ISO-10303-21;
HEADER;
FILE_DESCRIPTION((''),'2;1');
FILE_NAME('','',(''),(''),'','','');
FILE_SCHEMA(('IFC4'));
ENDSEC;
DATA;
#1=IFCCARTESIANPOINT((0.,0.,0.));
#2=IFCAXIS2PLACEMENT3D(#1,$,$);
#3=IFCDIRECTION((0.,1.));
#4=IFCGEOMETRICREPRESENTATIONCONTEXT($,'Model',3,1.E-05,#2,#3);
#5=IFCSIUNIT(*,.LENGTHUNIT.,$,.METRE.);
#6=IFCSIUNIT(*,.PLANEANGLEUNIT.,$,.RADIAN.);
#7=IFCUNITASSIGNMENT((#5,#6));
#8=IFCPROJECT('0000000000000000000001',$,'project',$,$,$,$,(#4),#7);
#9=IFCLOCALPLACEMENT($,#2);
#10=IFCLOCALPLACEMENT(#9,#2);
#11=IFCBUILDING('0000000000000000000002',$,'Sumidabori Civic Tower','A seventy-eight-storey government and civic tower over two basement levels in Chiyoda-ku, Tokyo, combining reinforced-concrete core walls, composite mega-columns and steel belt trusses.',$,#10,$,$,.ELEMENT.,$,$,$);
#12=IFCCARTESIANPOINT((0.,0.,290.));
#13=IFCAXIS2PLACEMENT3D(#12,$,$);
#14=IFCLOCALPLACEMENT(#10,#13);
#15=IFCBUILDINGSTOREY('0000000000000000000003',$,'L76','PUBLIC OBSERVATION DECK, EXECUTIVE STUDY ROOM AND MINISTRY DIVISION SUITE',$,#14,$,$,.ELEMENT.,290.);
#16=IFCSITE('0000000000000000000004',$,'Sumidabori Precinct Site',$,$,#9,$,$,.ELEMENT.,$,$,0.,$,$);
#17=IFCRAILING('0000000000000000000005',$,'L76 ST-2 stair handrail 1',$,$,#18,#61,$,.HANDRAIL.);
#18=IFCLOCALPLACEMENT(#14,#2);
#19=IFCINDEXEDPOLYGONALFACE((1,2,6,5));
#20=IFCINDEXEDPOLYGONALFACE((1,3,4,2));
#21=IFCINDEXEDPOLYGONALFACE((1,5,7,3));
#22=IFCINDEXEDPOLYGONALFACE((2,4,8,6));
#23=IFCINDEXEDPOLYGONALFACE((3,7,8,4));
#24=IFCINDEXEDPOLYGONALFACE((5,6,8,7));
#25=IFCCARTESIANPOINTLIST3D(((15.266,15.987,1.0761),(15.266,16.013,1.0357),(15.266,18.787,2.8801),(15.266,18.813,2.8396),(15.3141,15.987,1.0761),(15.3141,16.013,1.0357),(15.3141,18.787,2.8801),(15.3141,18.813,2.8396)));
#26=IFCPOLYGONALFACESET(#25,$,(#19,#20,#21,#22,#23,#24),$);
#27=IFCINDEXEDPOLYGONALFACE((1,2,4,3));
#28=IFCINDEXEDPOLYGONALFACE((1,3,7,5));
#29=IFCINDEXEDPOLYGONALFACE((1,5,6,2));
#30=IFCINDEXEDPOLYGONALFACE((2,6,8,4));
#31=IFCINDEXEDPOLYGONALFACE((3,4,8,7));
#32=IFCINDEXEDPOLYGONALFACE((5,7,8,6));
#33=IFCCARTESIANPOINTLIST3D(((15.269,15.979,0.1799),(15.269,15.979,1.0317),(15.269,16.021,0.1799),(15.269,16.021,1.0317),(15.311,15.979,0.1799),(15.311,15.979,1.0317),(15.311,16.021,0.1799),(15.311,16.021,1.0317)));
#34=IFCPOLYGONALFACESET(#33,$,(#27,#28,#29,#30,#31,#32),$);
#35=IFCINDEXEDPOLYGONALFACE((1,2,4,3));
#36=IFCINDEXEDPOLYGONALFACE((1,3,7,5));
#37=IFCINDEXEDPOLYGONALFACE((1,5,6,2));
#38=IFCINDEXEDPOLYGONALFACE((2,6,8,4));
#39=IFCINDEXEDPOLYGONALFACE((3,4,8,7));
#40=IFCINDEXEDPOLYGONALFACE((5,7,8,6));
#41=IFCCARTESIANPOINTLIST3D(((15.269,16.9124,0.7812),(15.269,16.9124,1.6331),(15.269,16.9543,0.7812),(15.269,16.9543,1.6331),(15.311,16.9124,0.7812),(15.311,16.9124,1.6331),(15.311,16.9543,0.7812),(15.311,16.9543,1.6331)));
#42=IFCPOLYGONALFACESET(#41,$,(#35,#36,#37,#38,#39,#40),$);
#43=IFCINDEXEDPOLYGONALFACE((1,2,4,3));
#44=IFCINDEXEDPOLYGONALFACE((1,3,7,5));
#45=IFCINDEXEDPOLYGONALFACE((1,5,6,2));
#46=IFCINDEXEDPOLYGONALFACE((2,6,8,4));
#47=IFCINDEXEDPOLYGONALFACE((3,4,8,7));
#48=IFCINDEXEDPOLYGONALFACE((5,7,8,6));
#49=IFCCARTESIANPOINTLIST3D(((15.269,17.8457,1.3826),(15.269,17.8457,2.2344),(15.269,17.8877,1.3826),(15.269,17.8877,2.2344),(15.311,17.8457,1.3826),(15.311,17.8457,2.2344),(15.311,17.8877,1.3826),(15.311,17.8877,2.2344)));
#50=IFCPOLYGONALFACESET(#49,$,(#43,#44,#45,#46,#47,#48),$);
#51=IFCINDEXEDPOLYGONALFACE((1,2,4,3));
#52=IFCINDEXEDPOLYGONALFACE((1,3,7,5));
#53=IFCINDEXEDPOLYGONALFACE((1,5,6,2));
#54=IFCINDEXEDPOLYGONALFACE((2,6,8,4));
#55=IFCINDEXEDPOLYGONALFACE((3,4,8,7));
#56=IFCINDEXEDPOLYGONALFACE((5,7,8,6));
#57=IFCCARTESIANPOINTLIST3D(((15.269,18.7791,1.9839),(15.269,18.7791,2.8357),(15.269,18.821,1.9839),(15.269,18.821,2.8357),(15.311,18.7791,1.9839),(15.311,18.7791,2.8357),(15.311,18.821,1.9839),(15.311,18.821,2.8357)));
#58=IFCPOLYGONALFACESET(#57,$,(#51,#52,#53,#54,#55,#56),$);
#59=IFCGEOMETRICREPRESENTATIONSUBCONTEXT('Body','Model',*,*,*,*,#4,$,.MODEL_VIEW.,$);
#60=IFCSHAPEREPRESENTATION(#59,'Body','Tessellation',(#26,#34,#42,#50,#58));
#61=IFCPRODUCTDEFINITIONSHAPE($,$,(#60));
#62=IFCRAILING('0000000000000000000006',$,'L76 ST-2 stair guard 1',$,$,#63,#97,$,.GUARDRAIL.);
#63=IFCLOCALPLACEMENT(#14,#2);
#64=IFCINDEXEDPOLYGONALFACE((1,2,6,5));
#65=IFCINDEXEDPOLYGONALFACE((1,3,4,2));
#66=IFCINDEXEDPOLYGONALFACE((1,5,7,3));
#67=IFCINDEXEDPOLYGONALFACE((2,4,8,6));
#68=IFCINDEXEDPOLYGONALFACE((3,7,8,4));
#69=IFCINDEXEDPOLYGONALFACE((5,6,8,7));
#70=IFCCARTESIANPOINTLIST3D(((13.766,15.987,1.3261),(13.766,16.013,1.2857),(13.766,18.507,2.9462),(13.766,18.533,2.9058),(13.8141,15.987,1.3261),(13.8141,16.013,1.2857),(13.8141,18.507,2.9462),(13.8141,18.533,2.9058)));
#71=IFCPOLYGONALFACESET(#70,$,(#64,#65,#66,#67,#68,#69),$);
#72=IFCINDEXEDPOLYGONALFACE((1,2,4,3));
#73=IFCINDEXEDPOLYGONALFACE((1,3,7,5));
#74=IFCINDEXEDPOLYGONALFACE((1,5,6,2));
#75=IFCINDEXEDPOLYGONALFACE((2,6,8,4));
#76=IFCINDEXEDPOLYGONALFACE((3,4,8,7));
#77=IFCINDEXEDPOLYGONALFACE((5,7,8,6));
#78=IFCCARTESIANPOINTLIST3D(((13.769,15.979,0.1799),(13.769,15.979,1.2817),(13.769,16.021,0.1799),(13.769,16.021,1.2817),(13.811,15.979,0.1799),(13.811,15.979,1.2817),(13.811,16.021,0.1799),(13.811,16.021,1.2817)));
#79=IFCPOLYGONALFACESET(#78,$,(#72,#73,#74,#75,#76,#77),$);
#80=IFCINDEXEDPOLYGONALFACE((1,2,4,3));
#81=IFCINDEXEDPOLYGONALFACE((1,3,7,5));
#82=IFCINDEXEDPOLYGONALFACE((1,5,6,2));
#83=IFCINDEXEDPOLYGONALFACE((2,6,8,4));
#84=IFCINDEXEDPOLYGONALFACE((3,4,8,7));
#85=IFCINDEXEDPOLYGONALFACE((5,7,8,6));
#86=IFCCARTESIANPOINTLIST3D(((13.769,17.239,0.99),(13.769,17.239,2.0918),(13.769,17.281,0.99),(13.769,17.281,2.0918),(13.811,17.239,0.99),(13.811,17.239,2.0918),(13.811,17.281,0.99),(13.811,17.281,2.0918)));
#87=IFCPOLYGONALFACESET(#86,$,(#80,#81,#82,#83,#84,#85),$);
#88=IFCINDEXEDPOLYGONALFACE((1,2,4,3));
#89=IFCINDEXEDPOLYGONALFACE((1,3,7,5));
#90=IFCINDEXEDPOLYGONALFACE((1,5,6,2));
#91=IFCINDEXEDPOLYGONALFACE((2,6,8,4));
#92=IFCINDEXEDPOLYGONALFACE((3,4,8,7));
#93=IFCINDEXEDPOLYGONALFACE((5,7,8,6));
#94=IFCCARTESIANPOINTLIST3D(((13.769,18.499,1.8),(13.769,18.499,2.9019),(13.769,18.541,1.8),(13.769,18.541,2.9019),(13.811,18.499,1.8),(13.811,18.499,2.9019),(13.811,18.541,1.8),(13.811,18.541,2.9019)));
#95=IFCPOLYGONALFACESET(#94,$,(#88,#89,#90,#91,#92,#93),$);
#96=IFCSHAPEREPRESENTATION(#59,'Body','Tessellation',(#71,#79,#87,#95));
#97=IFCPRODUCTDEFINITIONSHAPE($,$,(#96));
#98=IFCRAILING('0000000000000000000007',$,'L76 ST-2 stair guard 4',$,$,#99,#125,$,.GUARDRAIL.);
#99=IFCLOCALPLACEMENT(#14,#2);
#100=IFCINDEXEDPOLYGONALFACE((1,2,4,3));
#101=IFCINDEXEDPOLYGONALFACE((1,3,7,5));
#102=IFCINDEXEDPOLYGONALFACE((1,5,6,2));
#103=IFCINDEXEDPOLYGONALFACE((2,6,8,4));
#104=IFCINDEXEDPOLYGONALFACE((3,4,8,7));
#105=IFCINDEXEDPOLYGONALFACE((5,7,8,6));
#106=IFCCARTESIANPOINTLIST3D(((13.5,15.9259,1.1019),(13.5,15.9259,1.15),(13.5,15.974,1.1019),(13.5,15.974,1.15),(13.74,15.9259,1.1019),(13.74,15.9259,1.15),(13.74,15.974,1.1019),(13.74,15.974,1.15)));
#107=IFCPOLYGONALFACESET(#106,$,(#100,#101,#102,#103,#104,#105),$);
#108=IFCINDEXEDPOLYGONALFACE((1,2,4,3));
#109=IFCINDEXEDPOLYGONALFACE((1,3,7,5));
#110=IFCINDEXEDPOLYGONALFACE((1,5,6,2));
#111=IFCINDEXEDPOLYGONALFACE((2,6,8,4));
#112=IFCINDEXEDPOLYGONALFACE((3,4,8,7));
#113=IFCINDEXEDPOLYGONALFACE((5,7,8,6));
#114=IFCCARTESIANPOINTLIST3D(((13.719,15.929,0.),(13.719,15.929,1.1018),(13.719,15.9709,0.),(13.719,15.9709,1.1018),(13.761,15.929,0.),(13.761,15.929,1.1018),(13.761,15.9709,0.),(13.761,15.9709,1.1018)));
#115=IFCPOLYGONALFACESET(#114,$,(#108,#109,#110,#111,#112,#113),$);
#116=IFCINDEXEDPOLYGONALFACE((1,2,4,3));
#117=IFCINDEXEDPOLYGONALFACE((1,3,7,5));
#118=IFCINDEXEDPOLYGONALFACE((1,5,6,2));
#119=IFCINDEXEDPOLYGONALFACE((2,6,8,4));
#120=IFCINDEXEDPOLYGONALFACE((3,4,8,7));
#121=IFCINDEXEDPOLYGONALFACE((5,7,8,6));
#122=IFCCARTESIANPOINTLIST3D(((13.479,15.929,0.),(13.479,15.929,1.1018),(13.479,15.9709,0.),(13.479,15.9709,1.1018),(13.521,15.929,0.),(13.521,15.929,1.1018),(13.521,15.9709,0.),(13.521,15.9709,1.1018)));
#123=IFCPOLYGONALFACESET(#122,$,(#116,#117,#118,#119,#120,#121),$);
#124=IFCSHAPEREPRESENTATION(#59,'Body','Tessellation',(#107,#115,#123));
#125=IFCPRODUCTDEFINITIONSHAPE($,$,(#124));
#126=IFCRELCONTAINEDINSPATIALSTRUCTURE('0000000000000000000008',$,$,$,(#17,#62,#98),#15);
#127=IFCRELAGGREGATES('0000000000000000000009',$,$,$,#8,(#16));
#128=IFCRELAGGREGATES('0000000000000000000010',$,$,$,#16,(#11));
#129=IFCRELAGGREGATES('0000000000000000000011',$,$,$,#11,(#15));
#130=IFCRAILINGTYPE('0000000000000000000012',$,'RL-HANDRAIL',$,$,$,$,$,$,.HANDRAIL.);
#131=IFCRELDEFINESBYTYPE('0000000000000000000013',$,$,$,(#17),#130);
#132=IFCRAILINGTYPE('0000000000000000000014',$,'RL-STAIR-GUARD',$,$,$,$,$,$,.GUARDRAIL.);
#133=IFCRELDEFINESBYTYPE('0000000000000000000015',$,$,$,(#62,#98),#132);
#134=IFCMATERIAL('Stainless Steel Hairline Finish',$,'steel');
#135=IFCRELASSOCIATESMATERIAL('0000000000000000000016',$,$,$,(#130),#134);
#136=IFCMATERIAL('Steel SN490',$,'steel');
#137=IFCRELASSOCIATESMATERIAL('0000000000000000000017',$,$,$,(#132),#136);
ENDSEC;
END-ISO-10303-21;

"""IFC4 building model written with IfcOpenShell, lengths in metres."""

from ifc_helpers import new_model, si_unit, direction, frame, origin, origin_2d, place, context, subcontext, project, spatial, rectangle, extrude, material, type_object, element, save


model = new_model("IFC4")

# Units and contexts
model_context = context("Model", 3, precision=1e-05, world=origin(), true_north=direction((0.0, 1.0)))
body_context = subcontext(model_context, "Body", "Model", "MODEL_VIEW")
ifc_project = project(units=[si_unit("LENGTHUNIT", "METRE"), si_unit("PLANEANGLEUNIT", "RADIAN")], contexts=[model_context])

# Site, building, storey
site_placement = place(None, origin())
site = spatial("IfcSite", under=ifc_project, at=site_placement, Name="Sumidabori Precinct Site", CompositionType="ELEMENT", RefElevation=0.0)
building_placement = place(site_placement, origin())
building = spatial("IfcBuilding", under=site, at=building_placement, Name="Sumidabori Civic Tower", Description="A seventy-eight-storey government and civic tower over two basement levels in Chiyoda-ku, Tokyo, combining reinforced-concrete core walls, composite mega-columns and steel belt trusses.", CompositionType="ELEMENT")
storey_placement = place(building_placement, frame((0.0, 0.0, 290.0)))
storey = spatial("IfcBuildingStorey", under=building, at=storey_placement, Name="L76", Description="PUBLIC OBSERVATION DECK, EXECUTIVE STUDY ROOM AND MINISTRY DIVISION SUITE", CompositionType="ELEMENT", Elevation=290.0)

# Shared definitions
ifc_material_1 = material(Name="Steel SN490", Category="steel")

# Shared definitions
ifc_material_2 = material(Name="Stainless Steel Hairline Finish", Category="steel")

# Railings
railing_type_1 = type_object("IfcRailingType", Name="RL-HANDRAIL", PredefinedType="HANDRAIL", material=ifc_material_2)
railing_1_placement = place(storey_placement, frame((15.29, 16.0, 0.1799)))
element("IfcRailing", 1, at=railing_1_placement, inside=storey, type_object=railing_type_1, Name="L76 ST-2 stair handrail 1", PredefinedType="HANDRAIL", context=body_context, shape_type="SweptSolid", body=[
    extrude(rectangle(XDim=0.0481, YDim=0.0481, at=origin_2d()), frame((0.0, 0.0, 0.876), z_axis=(0.0, 0.840642, 0.541591), x_axis=(-1.0, 0.0, 0.0)), (0.0, 0.0, 1.0), 3.3308),
    extrude(rectangle(XDim=0.042, YDim=0.042, at=origin_2d()), origin(), (0.0, 0.0, 1.0), 0.8518),
    extrude(rectangle(XDim=0.042, YDim=0.042, at=origin_2d()), frame((0.0, 0.9333, 0.6013)), (0.0, 0.0, 1.0), 0.8518),
    extrude(rectangle(XDim=0.042, YDim=0.042, at=origin_2d()), frame((0.0, 1.8667, 1.2026)), (0.0, 0.0, 1.0), 0.8518),
    extrude(rectangle(XDim=0.042, YDim=0.042, at=origin_2d()), frame((0.0, 2.8, 1.804)), (0.0, 0.0, 1.0), 0.8518),
])
railing_type_2 = type_object("IfcRailingType", Name="RL-STAIR-GUARD", PredefinedType="GUARDRAIL", material=ifc_material_1)
railing_2_placement = place(storey_placement, frame((13.79, 16.0, 0.1799)))
element("IfcRailing", 2, at=railing_2_placement, inside=storey, type_object=railing_type_2, Name="L76 ST-2 stair guard 1", PredefinedType="GUARDRAIL", context=body_context, shape_type="SweptSolid", body=[
    extrude(rectangle(XDim=0.0481, YDim=0.0481, at=origin_2d()), frame((0.0, 0.0, 1.126), z_axis=(0.0, 0.841163, 0.540782), x_axis=(-1.0, 0.0, 0.0)), (0.0, 0.0, 1.0), 2.9958),
    extrude(rectangle(XDim=0.042, YDim=0.042, at=origin_2d()), origin(), (0.0, 0.0, 1.0), 1.1018),
    extrude(rectangle(XDim=0.042, YDim=0.042, at=origin_2d()), frame((0.0, 1.26, 0.8101)), (0.0, 0.0, 1.0), 1.1018),
    extrude(rectangle(XDim=0.042, YDim=0.042, at=origin_2d()), frame((0.0, 2.52, 1.6201)), (0.0, 0.0, 1.0), 1.1018),
])
railing_3_placement = place(storey_placement, frame((13.74, 15.95, 0.0)))
element("IfcRailing", 3, at=railing_3_placement, inside=storey, type_object=railing_type_2, Name="L76 ST-2 stair guard 4", PredefinedType="GUARDRAIL", context=body_context, shape_type="SweptSolid", body=[
    extrude(rectangle(XDim=0.0481, YDim=0.0481, at=origin_2d()), frame((0.0, 0.0, 1.126), z_axis=(-1.0, 0.0, 0.0), x_axis=(0.0, -1.0, 0.0)), (0.0, 0.0, 1.0), 0.24),
    extrude(rectangle(XDim=0.042, YDim=0.042, at=origin_2d()), origin(), (0.0, 0.0, 1.0), 1.1018),
    extrude(rectangle(XDim=0.042, YDim=0.042, at=origin_2d()), frame((-0.24, 0.0, 0.0)), (0.0, 0.0, 1.0), 1.1018),
])

save(model, "model.ifc")
